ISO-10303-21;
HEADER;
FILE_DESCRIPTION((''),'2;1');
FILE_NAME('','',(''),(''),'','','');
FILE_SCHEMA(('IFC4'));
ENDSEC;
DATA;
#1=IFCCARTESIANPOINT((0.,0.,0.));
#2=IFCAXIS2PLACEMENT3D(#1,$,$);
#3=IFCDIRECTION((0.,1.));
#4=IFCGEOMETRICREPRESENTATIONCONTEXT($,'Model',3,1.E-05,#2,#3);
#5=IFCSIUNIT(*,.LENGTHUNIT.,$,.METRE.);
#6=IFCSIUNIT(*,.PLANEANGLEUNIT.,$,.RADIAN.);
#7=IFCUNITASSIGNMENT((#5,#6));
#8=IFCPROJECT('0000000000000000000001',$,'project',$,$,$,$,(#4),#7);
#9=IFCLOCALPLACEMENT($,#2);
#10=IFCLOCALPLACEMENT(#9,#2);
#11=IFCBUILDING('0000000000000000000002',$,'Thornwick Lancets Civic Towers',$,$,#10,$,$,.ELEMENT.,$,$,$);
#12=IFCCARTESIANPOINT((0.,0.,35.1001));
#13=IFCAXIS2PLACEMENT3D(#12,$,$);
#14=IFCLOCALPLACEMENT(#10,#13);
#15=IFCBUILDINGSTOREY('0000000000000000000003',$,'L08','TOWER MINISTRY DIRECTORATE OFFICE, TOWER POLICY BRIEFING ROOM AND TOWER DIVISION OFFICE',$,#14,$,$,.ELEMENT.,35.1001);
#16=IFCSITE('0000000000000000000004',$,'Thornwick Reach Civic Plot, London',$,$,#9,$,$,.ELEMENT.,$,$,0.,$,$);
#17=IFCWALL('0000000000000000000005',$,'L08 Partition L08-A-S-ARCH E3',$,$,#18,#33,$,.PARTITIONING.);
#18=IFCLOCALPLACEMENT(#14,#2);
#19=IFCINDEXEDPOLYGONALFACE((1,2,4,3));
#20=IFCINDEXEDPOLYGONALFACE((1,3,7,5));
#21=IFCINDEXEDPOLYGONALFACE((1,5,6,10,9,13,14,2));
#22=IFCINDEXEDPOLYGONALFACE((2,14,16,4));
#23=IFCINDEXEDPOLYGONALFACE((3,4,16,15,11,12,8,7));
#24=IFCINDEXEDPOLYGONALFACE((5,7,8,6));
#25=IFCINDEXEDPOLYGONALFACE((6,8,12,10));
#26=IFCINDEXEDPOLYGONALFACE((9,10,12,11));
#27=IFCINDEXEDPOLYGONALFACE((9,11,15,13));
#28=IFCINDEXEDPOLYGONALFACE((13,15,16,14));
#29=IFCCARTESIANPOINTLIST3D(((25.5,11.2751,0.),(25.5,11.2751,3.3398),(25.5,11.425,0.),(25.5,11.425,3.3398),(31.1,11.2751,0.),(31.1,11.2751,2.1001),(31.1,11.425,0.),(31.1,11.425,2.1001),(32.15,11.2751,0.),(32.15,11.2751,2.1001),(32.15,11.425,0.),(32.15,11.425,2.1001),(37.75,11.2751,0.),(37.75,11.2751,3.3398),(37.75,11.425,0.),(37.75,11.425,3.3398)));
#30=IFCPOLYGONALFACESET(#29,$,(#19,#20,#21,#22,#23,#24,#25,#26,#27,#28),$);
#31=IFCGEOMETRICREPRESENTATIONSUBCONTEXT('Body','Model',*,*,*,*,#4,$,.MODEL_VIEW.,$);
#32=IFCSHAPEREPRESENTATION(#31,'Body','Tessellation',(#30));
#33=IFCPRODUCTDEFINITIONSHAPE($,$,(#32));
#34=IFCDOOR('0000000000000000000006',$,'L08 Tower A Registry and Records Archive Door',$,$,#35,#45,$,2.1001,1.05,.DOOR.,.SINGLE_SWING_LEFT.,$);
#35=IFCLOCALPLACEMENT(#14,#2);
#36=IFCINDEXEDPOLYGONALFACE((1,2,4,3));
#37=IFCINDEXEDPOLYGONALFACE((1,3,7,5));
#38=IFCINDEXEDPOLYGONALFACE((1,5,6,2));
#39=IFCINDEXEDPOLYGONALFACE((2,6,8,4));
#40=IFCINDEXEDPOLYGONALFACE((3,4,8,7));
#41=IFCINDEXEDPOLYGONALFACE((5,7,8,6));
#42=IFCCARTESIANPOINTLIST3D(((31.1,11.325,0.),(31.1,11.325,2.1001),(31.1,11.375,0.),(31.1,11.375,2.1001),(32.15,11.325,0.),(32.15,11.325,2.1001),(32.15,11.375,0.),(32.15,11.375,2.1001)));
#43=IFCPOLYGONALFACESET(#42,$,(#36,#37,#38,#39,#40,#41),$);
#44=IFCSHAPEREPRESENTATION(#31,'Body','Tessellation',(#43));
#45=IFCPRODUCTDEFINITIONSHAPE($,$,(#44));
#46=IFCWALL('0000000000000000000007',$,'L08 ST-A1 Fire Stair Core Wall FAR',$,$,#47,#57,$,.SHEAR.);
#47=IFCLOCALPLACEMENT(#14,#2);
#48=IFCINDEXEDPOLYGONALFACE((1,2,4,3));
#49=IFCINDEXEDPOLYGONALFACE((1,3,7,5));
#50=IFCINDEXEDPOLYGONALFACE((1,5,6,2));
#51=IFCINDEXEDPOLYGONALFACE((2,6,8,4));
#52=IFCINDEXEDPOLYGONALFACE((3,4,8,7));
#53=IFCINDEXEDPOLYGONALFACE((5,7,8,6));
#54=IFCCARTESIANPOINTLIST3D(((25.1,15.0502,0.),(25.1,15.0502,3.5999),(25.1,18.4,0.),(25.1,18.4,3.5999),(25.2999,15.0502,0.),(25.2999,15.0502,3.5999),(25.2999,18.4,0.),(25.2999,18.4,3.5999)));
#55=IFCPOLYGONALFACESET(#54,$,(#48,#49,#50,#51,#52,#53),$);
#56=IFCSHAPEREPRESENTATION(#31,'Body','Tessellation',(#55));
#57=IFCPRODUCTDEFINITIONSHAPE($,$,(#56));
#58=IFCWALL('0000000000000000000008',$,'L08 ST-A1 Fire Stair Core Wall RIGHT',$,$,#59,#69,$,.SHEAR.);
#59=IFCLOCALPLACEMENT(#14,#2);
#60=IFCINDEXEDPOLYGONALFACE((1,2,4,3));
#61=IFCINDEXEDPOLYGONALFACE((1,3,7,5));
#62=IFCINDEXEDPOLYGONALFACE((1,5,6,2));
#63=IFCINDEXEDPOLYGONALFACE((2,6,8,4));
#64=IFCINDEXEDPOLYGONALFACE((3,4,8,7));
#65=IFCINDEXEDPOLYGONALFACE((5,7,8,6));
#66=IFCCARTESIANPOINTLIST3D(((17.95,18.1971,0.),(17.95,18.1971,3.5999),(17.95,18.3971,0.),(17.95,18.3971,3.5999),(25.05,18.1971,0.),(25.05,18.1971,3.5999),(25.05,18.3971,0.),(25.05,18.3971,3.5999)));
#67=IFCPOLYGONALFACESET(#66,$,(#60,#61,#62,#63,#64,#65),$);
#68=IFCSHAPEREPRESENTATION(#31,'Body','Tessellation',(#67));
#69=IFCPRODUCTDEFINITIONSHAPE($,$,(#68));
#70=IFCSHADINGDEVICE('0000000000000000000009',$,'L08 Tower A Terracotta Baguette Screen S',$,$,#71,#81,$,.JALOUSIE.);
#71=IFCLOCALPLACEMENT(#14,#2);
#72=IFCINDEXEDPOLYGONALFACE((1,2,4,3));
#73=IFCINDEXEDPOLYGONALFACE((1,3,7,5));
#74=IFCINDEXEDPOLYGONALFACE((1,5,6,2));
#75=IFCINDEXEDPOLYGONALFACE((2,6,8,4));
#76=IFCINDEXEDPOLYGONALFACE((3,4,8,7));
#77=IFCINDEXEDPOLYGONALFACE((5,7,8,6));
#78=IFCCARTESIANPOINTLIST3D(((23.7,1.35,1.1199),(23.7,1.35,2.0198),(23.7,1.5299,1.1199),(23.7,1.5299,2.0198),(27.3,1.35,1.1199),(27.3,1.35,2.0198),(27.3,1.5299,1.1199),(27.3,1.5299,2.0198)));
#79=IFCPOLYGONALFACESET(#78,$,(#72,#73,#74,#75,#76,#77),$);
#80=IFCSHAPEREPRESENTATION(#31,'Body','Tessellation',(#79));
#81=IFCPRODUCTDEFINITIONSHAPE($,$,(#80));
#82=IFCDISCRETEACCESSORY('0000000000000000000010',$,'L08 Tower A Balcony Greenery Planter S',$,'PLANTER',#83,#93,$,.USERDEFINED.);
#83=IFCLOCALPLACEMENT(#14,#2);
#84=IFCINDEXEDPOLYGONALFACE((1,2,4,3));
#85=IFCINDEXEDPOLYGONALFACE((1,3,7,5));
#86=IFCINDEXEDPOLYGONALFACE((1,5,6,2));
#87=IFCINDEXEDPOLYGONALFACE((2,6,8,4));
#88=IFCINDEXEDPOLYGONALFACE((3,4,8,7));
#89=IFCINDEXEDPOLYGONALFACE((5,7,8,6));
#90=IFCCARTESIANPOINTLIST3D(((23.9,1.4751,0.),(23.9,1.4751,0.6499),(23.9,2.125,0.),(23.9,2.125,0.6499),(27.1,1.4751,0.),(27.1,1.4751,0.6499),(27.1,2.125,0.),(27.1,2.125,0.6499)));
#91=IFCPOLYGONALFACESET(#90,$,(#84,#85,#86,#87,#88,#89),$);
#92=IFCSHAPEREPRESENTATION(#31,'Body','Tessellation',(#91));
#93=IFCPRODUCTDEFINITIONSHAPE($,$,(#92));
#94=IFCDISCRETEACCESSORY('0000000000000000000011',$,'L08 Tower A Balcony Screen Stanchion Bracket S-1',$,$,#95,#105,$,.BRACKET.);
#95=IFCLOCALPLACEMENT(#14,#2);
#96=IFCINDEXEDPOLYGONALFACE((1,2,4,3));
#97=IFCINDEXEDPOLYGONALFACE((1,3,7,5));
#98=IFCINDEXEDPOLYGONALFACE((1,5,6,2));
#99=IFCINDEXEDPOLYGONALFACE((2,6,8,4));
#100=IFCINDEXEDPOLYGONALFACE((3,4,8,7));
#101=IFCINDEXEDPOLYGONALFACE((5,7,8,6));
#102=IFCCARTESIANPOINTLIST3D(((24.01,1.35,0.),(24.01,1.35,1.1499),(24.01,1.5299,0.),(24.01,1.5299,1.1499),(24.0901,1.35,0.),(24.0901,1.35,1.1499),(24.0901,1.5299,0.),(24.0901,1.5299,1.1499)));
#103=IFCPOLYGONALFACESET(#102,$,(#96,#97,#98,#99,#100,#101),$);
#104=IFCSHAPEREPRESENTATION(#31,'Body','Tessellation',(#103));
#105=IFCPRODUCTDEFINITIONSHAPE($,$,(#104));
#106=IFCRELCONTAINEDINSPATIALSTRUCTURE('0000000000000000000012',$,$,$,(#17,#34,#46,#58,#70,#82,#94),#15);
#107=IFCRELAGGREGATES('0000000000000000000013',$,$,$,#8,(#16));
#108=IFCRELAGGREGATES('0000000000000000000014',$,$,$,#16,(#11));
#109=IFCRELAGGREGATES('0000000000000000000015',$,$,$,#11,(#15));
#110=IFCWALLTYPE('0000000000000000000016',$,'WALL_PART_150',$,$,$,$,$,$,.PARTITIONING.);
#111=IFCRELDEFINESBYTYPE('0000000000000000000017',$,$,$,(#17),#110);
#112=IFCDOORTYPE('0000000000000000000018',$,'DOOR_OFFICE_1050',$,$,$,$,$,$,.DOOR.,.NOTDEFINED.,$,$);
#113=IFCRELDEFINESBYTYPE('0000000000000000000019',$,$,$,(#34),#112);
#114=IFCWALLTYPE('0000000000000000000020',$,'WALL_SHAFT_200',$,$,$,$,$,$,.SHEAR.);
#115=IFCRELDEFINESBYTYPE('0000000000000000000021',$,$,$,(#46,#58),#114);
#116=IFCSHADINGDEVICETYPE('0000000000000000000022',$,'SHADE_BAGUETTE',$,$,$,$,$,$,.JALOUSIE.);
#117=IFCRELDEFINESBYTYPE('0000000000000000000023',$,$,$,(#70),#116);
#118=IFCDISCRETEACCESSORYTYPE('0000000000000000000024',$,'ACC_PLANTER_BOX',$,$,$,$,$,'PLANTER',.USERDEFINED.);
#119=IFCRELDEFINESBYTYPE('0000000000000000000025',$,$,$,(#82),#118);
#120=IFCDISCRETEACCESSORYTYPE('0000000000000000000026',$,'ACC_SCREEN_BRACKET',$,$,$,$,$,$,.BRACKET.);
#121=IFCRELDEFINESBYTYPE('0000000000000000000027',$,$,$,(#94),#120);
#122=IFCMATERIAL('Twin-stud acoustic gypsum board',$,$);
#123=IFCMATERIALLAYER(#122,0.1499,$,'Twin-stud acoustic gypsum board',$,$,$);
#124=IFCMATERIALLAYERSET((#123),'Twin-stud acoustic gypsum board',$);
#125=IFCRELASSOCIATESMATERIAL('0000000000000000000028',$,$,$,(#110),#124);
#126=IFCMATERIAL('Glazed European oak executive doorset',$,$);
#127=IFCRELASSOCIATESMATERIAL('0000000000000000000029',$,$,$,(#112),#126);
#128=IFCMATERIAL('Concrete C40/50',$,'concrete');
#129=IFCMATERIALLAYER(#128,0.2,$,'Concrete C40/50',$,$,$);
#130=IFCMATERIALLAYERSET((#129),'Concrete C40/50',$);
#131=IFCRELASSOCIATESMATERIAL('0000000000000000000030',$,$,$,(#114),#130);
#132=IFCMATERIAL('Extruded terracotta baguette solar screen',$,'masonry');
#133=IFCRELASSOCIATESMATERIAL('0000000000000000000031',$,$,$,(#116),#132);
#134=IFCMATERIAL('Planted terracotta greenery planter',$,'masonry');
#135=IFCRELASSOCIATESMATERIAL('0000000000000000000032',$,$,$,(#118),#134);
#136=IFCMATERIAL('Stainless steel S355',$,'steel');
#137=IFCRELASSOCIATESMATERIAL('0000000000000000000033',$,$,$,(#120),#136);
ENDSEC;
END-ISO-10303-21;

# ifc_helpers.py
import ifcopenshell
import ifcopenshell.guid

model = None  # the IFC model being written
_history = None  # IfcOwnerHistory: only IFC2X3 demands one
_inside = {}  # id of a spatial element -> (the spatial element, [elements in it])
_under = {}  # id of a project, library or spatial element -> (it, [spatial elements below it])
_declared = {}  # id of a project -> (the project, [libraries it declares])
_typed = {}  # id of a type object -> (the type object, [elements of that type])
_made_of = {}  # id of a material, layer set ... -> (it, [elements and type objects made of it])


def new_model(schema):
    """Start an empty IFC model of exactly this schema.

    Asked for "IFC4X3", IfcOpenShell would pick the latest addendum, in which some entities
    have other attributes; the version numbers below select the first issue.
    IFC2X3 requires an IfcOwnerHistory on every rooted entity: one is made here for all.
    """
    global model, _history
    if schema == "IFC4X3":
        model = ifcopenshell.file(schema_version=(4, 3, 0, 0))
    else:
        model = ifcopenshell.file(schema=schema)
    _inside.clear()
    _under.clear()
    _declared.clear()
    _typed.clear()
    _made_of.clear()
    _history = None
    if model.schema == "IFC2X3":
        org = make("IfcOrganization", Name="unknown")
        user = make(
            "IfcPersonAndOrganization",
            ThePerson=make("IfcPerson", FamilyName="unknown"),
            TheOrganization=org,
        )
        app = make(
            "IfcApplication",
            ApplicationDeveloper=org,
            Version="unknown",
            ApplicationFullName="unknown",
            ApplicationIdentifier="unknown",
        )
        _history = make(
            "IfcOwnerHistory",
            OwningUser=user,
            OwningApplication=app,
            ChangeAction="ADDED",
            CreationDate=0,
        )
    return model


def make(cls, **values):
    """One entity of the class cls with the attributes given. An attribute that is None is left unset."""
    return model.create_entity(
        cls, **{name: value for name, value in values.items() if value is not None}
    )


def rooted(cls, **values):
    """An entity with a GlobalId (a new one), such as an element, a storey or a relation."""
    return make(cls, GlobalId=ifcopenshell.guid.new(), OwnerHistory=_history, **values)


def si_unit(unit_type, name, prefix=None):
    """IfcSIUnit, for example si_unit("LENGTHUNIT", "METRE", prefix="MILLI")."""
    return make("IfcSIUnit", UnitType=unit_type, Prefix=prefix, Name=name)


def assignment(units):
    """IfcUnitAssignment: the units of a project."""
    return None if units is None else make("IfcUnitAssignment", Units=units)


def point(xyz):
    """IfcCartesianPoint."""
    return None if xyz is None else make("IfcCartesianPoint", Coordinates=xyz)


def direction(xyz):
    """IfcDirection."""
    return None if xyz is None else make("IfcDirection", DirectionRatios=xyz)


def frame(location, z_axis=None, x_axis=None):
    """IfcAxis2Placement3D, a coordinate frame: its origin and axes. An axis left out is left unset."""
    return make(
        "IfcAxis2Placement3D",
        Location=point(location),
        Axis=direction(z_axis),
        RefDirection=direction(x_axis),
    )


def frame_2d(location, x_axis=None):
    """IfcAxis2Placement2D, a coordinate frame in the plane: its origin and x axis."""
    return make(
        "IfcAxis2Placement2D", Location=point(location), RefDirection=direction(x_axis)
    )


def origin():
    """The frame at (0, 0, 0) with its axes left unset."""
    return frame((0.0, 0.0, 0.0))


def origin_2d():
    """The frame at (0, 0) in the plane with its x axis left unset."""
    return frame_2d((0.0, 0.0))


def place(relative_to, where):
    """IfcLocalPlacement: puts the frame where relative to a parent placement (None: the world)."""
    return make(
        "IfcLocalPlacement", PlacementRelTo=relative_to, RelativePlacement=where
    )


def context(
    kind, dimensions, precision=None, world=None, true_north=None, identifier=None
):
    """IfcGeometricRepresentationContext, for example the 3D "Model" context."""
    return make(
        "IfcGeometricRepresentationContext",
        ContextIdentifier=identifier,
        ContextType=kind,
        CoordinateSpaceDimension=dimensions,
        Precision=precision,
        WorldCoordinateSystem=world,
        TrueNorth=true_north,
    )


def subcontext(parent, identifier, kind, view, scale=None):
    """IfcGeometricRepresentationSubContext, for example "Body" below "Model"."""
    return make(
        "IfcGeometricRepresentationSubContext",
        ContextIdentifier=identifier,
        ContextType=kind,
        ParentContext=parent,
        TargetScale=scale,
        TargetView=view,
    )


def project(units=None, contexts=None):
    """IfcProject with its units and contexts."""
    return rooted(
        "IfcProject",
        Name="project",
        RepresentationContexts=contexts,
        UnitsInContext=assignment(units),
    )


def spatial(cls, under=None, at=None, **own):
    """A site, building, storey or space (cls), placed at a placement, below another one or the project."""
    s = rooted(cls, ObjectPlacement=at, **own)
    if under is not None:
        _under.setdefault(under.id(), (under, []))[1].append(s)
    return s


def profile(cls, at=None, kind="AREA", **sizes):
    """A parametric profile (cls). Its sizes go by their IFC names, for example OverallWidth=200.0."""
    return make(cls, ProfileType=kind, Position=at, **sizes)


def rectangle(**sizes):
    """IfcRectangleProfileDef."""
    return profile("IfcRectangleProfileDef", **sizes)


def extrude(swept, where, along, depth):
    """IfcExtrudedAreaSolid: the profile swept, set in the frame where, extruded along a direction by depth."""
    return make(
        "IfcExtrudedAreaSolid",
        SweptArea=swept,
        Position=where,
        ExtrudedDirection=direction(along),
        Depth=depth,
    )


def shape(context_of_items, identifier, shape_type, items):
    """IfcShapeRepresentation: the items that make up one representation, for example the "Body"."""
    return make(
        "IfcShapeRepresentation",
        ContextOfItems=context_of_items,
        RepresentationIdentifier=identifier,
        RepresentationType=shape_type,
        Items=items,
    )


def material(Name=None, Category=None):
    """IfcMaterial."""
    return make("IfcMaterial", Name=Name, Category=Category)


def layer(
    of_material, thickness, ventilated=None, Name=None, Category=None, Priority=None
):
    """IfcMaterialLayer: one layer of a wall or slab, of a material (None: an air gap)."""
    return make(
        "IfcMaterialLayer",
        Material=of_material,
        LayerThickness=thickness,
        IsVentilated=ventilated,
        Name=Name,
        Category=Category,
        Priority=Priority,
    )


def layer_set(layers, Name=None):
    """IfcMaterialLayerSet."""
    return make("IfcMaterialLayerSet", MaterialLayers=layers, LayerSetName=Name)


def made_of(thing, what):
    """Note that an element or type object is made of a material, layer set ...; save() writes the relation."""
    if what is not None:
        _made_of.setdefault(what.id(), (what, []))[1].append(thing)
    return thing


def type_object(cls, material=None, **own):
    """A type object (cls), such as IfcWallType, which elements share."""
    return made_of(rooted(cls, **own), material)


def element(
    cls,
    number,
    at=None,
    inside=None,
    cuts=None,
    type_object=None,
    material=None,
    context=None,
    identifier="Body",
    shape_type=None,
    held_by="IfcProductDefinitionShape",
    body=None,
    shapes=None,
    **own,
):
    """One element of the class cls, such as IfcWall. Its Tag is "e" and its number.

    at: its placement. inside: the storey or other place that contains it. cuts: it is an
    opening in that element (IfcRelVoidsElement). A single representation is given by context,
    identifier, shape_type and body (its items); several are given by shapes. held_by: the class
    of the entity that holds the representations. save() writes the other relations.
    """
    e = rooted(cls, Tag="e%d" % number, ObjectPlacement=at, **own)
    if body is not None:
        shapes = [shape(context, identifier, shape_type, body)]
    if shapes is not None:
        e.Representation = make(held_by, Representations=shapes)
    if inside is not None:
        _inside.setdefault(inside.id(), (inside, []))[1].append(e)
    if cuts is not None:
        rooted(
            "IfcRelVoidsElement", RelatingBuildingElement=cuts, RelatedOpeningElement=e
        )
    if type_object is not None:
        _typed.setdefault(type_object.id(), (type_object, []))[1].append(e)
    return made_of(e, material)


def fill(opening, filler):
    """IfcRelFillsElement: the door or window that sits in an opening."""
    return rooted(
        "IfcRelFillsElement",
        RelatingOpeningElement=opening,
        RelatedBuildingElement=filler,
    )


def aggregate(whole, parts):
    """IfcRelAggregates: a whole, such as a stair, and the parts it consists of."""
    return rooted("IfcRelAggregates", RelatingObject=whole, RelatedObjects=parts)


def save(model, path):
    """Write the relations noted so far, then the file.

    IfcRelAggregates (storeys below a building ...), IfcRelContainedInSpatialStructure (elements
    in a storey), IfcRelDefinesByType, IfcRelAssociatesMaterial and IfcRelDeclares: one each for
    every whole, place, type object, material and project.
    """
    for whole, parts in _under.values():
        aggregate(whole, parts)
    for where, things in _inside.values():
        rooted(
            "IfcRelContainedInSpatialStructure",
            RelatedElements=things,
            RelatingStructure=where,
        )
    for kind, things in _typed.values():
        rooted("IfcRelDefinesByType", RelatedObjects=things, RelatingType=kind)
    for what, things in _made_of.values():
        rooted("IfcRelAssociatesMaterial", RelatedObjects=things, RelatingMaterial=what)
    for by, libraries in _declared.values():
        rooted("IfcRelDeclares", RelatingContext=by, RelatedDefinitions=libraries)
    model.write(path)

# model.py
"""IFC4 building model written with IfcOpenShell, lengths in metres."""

from ifc_helpers import new_model, si_unit, direction, frame, frame_2d, origin, origin_2d, place, context, subcontext, project, spatial, rectangle, extrude, material, layer, layer_set, type_object, element, fill, save


model = new_model("IFC4")

# Units and contexts
model_context = context("Model", 3, precision=1e-05, world=origin(), true_north=direction((0.0, 1.0)))
body_context = subcontext(model_context, "Body", "Model", "MODEL_VIEW")
ifc_project = project(units=[si_unit("LENGTHUNIT", "METRE"), si_unit("PLANEANGLEUNIT", "RADIAN")], contexts=[model_context])

# Site, building, storey
site_placement = place(None, origin())
site = spatial("IfcSite", under=ifc_project, at=site_placement, Name="Thornwick Reach Civic Plot, London", CompositionType="ELEMENT", RefElevation=0.0)
building_placement = place(site_placement, origin())
building = spatial("IfcBuilding", under=site, at=building_placement, Name="Thornwick Lancets Civic Towers", CompositionType="ELEMENT")
storey_placement = place(building_placement, frame((0.0, 0.0, 35.1001)))
storey = spatial("IfcBuildingStorey", under=building, at=storey_placement, Name="L08", Description="TOWER MINISTRY DIRECTORATE OFFICE, TOWER POLICY BRIEFING ROOM AND TOWER DIVISION OFFICE", CompositionType="ELEMENT", Elevation=35.1001)

# Shared definitions
ifc_material_1 = material(Name="Concrete C40/50", Category="concrete")

# Wall, opening, door
ifc_material_2 = material(Name="Twin-stud acoustic gypsum board")
ifc_layer_1 = layer(ifc_material_2, 0.1499, Name="Twin-stud acoustic gypsum board")
ifc_layer_set_1 = layer_set([ifc_layer_1], Name="Twin-stud acoustic gypsum board")
wall_type_1 = type_object("IfcWallType", Name="WALL_PART_150", PredefinedType="PARTITIONING", material=ifc_layer_set_1)
wall_1_placement = place(storey_placement, frame((25.5, 11.3501, 0.0), z_axis=(0.0, 0.0, 1.0), x_axis=(1.0, 0.0, 0.0)))
wall_1 = element("IfcWall", 1, at=wall_1_placement, inside=storey, type_object=wall_type_1, Name="L08 Partition L08-A-S-ARCH E3", PredefinedType="PARTITIONING", context=body_context, shape_type="SweptSolid", body=[
    extrude(rectangle(XDim=12.25, YDim=0.1499, at=frame_2d((6.125, 0.0))), origin(), (0.0, 0.0, 1.0), 3.3398),
])
opening_1_placement = place(wall_1_placement, frame((5.6001, 0.0, 0.0)))
opening_1 = element("IfcOpeningElement", 2, at=opening_1_placement, cuts=wall_1, PredefinedType="OPENING", context=body_context, shape_type="SweptSolid", body=[
    extrude(rectangle(XDim=1.05, YDim=2.1001, at=frame_2d((0.5249, 1.05))), frame((0.0, 0.085, 0.0), z_axis=(0.0, -1.0, 0.0), x_axis=(1.0, 0.0, 0.0)), (0.0, 0.0, 1.0), 0.1699),
])
ifc_material_3 = material(Name="Glazed European oak executive doorset")
door_type_1 = type_object("IfcDoorType", Name="DOOR_OFFICE_1050", OperationType="NOTDEFINED", PredefinedType="DOOR", material=ifc_material_3)
door_1_placement = place(opening_1_placement, origin())
door_1 = element("IfcDoor", 3, at=door_1_placement, inside=storey, type_object=door_type_1, Name="L08 Tower A Registry and Records Archive Door", OperationType="SINGLE_SWING_LEFT", OverallHeight=2.1001, OverallWidth=1.05, PredefinedType="DOOR", context=body_context, shape_type="SweptSolid", body=[
    extrude(rectangle(XDim=1.05, YDim=2.1001, at=frame_2d((0.5249, 1.05))), frame((0.0, 0.0249, 0.0), z_axis=(0.0, -1.0, 0.0), x_axis=(1.0, 0.0, 0.0)), (0.0, 0.0, 1.0), 0.05),
])
fill(opening_1, door_1)

# Walls
ifc_layer_2 = layer(ifc_material_1, 0.2, Name="Concrete C40/50")
ifc_layer_set_2 = layer_set([ifc_layer_2], Name="Concrete C40/50")
wall_type_2 = type_object("IfcWallType", Name="WALL_SHAFT_200", PredefinedType="SHEAR", material=ifc_layer_set_2)
wall_2_placement = place(storey_placement, frame((25.2, 18.3999, 0.0), z_axis=(0.0, 0.0, 1.0), x_axis=(0.0, -1.0, 0.0)))
element("IfcWall", 4, at=wall_2_placement, inside=storey, type_object=wall_type_2, Name="L08 ST-A1 Fire Stair Core Wall FAR", PredefinedType="SHEAR", context=body_context, shape_type="SweptSolid", body=[
    extrude(rectangle(XDim=3.3499, YDim=0.2, at=frame_2d((1.6748, 0.0))), origin(), (0.0, 0.0, 1.0), 3.5999),
])
wall_3_placement = place(storey_placement, frame((25.05, 18.2971, 0.0), z_axis=(0.0, 0.0, 1.0), x_axis=(-1.0, 0.0, 0.0)))
element("IfcWall", 5, at=wall_3_placement, inside=storey, type_object=wall_type_2, Name="L08 ST-A1 Fire Stair Core Wall RIGHT", PredefinedType="SHEAR", context=body_context, shape_type="SweptSolid", body=[
    extrude(rectangle(XDim=7.1001, YDim=0.2, at=frame_2d((3.55, 0.0))), origin(), (0.0, 0.0, 1.0), 3.5999),
])

# Shading device
ifc_material_4 = material(Name="Extruded terracotta baguette solar screen", Category="masonry")
shading_device_type = type_object("IfcShadingDeviceType", Name="SHADE_BAGUETTE", PredefinedType="JALOUSIE", material=ifc_material_4)
shading_device_placement = place(storey_placement, frame((25.5, 1.4399, 1.1199), z_axis=(0.0, 0.0, 1.0), x_axis=(1.0, 0.0, 0.0)))
element("IfcShadingDevice", 6, at=shading_device_placement, inside=storey, type_object=shading_device_type, Name="L08 Tower A Terracotta Baguette Screen S", PredefinedType="JALOUSIE", context=body_context, shape_type="SweptSolid", body=[
    extrude(rectangle(XDim=3.6001, YDim=0.1799, at=origin_2d()), origin(), (0.0, 0.0, 1.0), 0.8999),
])

# Discrete accessories
ifc_material_5 = material(Name="Planted terracotta greenery planter", Category="masonry")
discrete_accessory_type_1 = type_object("IfcDiscreteAccessoryType", Name="ACC_PLANTER_BOX", ElementType="PLANTER", PredefinedType="USERDEFINED", material=ifc_material_5)
discrete_accessory_1_placement = place(storey_placement, frame((25.5, 1.8, 0.0), z_axis=(0.0, 0.0, 1.0), x_axis=(1.0, 0.0, 0.0)))
element("IfcDiscreteAccessory", 7, at=discrete_accessory_1_placement, inside=storey, type_object=discrete_accessory_type_1, Name="L08 Tower A Balcony Greenery Planter S", ObjectType="PLANTER", PredefinedType="USERDEFINED", context=body_context, shape_type="SweptSolid", body=[
    extrude(rectangle(XDim=3.2, YDim=0.6499, at=origin_2d()), origin(), (0.0, 0.0, 1.0), 0.6499),
])
ifc_material_6 = material(Name="Stainless steel S355", Category="steel")
discrete_accessory_type_2 = type_object("IfcDiscreteAccessoryType", Name="ACC_SCREEN_BRACKET", PredefinedType="BRACKET", material=ifc_material_6)
discrete_accessory_2_placement = place(storey_placement, frame((24.05, 1.4399, 0.0), z_axis=(0.0, 0.0, 1.0), x_axis=(1.0, 0.0, 0.0)))
element("IfcDiscreteAccessory", 8, at=discrete_accessory_2_placement, inside=storey, type_object=discrete_accessory_type_2, Name="L08 Tower A Balcony Screen Stanchion Bracket S-1", PredefinedType="BRACKET", context=body_context, shape_type="SweptSolid", body=[
    extrude(rectangle(XDim=0.0801, YDim=0.1799, at=origin_2d()), origin(), (0.0, 0.0, 1.0), 1.1499),
])

save(model, "model.ifc")
